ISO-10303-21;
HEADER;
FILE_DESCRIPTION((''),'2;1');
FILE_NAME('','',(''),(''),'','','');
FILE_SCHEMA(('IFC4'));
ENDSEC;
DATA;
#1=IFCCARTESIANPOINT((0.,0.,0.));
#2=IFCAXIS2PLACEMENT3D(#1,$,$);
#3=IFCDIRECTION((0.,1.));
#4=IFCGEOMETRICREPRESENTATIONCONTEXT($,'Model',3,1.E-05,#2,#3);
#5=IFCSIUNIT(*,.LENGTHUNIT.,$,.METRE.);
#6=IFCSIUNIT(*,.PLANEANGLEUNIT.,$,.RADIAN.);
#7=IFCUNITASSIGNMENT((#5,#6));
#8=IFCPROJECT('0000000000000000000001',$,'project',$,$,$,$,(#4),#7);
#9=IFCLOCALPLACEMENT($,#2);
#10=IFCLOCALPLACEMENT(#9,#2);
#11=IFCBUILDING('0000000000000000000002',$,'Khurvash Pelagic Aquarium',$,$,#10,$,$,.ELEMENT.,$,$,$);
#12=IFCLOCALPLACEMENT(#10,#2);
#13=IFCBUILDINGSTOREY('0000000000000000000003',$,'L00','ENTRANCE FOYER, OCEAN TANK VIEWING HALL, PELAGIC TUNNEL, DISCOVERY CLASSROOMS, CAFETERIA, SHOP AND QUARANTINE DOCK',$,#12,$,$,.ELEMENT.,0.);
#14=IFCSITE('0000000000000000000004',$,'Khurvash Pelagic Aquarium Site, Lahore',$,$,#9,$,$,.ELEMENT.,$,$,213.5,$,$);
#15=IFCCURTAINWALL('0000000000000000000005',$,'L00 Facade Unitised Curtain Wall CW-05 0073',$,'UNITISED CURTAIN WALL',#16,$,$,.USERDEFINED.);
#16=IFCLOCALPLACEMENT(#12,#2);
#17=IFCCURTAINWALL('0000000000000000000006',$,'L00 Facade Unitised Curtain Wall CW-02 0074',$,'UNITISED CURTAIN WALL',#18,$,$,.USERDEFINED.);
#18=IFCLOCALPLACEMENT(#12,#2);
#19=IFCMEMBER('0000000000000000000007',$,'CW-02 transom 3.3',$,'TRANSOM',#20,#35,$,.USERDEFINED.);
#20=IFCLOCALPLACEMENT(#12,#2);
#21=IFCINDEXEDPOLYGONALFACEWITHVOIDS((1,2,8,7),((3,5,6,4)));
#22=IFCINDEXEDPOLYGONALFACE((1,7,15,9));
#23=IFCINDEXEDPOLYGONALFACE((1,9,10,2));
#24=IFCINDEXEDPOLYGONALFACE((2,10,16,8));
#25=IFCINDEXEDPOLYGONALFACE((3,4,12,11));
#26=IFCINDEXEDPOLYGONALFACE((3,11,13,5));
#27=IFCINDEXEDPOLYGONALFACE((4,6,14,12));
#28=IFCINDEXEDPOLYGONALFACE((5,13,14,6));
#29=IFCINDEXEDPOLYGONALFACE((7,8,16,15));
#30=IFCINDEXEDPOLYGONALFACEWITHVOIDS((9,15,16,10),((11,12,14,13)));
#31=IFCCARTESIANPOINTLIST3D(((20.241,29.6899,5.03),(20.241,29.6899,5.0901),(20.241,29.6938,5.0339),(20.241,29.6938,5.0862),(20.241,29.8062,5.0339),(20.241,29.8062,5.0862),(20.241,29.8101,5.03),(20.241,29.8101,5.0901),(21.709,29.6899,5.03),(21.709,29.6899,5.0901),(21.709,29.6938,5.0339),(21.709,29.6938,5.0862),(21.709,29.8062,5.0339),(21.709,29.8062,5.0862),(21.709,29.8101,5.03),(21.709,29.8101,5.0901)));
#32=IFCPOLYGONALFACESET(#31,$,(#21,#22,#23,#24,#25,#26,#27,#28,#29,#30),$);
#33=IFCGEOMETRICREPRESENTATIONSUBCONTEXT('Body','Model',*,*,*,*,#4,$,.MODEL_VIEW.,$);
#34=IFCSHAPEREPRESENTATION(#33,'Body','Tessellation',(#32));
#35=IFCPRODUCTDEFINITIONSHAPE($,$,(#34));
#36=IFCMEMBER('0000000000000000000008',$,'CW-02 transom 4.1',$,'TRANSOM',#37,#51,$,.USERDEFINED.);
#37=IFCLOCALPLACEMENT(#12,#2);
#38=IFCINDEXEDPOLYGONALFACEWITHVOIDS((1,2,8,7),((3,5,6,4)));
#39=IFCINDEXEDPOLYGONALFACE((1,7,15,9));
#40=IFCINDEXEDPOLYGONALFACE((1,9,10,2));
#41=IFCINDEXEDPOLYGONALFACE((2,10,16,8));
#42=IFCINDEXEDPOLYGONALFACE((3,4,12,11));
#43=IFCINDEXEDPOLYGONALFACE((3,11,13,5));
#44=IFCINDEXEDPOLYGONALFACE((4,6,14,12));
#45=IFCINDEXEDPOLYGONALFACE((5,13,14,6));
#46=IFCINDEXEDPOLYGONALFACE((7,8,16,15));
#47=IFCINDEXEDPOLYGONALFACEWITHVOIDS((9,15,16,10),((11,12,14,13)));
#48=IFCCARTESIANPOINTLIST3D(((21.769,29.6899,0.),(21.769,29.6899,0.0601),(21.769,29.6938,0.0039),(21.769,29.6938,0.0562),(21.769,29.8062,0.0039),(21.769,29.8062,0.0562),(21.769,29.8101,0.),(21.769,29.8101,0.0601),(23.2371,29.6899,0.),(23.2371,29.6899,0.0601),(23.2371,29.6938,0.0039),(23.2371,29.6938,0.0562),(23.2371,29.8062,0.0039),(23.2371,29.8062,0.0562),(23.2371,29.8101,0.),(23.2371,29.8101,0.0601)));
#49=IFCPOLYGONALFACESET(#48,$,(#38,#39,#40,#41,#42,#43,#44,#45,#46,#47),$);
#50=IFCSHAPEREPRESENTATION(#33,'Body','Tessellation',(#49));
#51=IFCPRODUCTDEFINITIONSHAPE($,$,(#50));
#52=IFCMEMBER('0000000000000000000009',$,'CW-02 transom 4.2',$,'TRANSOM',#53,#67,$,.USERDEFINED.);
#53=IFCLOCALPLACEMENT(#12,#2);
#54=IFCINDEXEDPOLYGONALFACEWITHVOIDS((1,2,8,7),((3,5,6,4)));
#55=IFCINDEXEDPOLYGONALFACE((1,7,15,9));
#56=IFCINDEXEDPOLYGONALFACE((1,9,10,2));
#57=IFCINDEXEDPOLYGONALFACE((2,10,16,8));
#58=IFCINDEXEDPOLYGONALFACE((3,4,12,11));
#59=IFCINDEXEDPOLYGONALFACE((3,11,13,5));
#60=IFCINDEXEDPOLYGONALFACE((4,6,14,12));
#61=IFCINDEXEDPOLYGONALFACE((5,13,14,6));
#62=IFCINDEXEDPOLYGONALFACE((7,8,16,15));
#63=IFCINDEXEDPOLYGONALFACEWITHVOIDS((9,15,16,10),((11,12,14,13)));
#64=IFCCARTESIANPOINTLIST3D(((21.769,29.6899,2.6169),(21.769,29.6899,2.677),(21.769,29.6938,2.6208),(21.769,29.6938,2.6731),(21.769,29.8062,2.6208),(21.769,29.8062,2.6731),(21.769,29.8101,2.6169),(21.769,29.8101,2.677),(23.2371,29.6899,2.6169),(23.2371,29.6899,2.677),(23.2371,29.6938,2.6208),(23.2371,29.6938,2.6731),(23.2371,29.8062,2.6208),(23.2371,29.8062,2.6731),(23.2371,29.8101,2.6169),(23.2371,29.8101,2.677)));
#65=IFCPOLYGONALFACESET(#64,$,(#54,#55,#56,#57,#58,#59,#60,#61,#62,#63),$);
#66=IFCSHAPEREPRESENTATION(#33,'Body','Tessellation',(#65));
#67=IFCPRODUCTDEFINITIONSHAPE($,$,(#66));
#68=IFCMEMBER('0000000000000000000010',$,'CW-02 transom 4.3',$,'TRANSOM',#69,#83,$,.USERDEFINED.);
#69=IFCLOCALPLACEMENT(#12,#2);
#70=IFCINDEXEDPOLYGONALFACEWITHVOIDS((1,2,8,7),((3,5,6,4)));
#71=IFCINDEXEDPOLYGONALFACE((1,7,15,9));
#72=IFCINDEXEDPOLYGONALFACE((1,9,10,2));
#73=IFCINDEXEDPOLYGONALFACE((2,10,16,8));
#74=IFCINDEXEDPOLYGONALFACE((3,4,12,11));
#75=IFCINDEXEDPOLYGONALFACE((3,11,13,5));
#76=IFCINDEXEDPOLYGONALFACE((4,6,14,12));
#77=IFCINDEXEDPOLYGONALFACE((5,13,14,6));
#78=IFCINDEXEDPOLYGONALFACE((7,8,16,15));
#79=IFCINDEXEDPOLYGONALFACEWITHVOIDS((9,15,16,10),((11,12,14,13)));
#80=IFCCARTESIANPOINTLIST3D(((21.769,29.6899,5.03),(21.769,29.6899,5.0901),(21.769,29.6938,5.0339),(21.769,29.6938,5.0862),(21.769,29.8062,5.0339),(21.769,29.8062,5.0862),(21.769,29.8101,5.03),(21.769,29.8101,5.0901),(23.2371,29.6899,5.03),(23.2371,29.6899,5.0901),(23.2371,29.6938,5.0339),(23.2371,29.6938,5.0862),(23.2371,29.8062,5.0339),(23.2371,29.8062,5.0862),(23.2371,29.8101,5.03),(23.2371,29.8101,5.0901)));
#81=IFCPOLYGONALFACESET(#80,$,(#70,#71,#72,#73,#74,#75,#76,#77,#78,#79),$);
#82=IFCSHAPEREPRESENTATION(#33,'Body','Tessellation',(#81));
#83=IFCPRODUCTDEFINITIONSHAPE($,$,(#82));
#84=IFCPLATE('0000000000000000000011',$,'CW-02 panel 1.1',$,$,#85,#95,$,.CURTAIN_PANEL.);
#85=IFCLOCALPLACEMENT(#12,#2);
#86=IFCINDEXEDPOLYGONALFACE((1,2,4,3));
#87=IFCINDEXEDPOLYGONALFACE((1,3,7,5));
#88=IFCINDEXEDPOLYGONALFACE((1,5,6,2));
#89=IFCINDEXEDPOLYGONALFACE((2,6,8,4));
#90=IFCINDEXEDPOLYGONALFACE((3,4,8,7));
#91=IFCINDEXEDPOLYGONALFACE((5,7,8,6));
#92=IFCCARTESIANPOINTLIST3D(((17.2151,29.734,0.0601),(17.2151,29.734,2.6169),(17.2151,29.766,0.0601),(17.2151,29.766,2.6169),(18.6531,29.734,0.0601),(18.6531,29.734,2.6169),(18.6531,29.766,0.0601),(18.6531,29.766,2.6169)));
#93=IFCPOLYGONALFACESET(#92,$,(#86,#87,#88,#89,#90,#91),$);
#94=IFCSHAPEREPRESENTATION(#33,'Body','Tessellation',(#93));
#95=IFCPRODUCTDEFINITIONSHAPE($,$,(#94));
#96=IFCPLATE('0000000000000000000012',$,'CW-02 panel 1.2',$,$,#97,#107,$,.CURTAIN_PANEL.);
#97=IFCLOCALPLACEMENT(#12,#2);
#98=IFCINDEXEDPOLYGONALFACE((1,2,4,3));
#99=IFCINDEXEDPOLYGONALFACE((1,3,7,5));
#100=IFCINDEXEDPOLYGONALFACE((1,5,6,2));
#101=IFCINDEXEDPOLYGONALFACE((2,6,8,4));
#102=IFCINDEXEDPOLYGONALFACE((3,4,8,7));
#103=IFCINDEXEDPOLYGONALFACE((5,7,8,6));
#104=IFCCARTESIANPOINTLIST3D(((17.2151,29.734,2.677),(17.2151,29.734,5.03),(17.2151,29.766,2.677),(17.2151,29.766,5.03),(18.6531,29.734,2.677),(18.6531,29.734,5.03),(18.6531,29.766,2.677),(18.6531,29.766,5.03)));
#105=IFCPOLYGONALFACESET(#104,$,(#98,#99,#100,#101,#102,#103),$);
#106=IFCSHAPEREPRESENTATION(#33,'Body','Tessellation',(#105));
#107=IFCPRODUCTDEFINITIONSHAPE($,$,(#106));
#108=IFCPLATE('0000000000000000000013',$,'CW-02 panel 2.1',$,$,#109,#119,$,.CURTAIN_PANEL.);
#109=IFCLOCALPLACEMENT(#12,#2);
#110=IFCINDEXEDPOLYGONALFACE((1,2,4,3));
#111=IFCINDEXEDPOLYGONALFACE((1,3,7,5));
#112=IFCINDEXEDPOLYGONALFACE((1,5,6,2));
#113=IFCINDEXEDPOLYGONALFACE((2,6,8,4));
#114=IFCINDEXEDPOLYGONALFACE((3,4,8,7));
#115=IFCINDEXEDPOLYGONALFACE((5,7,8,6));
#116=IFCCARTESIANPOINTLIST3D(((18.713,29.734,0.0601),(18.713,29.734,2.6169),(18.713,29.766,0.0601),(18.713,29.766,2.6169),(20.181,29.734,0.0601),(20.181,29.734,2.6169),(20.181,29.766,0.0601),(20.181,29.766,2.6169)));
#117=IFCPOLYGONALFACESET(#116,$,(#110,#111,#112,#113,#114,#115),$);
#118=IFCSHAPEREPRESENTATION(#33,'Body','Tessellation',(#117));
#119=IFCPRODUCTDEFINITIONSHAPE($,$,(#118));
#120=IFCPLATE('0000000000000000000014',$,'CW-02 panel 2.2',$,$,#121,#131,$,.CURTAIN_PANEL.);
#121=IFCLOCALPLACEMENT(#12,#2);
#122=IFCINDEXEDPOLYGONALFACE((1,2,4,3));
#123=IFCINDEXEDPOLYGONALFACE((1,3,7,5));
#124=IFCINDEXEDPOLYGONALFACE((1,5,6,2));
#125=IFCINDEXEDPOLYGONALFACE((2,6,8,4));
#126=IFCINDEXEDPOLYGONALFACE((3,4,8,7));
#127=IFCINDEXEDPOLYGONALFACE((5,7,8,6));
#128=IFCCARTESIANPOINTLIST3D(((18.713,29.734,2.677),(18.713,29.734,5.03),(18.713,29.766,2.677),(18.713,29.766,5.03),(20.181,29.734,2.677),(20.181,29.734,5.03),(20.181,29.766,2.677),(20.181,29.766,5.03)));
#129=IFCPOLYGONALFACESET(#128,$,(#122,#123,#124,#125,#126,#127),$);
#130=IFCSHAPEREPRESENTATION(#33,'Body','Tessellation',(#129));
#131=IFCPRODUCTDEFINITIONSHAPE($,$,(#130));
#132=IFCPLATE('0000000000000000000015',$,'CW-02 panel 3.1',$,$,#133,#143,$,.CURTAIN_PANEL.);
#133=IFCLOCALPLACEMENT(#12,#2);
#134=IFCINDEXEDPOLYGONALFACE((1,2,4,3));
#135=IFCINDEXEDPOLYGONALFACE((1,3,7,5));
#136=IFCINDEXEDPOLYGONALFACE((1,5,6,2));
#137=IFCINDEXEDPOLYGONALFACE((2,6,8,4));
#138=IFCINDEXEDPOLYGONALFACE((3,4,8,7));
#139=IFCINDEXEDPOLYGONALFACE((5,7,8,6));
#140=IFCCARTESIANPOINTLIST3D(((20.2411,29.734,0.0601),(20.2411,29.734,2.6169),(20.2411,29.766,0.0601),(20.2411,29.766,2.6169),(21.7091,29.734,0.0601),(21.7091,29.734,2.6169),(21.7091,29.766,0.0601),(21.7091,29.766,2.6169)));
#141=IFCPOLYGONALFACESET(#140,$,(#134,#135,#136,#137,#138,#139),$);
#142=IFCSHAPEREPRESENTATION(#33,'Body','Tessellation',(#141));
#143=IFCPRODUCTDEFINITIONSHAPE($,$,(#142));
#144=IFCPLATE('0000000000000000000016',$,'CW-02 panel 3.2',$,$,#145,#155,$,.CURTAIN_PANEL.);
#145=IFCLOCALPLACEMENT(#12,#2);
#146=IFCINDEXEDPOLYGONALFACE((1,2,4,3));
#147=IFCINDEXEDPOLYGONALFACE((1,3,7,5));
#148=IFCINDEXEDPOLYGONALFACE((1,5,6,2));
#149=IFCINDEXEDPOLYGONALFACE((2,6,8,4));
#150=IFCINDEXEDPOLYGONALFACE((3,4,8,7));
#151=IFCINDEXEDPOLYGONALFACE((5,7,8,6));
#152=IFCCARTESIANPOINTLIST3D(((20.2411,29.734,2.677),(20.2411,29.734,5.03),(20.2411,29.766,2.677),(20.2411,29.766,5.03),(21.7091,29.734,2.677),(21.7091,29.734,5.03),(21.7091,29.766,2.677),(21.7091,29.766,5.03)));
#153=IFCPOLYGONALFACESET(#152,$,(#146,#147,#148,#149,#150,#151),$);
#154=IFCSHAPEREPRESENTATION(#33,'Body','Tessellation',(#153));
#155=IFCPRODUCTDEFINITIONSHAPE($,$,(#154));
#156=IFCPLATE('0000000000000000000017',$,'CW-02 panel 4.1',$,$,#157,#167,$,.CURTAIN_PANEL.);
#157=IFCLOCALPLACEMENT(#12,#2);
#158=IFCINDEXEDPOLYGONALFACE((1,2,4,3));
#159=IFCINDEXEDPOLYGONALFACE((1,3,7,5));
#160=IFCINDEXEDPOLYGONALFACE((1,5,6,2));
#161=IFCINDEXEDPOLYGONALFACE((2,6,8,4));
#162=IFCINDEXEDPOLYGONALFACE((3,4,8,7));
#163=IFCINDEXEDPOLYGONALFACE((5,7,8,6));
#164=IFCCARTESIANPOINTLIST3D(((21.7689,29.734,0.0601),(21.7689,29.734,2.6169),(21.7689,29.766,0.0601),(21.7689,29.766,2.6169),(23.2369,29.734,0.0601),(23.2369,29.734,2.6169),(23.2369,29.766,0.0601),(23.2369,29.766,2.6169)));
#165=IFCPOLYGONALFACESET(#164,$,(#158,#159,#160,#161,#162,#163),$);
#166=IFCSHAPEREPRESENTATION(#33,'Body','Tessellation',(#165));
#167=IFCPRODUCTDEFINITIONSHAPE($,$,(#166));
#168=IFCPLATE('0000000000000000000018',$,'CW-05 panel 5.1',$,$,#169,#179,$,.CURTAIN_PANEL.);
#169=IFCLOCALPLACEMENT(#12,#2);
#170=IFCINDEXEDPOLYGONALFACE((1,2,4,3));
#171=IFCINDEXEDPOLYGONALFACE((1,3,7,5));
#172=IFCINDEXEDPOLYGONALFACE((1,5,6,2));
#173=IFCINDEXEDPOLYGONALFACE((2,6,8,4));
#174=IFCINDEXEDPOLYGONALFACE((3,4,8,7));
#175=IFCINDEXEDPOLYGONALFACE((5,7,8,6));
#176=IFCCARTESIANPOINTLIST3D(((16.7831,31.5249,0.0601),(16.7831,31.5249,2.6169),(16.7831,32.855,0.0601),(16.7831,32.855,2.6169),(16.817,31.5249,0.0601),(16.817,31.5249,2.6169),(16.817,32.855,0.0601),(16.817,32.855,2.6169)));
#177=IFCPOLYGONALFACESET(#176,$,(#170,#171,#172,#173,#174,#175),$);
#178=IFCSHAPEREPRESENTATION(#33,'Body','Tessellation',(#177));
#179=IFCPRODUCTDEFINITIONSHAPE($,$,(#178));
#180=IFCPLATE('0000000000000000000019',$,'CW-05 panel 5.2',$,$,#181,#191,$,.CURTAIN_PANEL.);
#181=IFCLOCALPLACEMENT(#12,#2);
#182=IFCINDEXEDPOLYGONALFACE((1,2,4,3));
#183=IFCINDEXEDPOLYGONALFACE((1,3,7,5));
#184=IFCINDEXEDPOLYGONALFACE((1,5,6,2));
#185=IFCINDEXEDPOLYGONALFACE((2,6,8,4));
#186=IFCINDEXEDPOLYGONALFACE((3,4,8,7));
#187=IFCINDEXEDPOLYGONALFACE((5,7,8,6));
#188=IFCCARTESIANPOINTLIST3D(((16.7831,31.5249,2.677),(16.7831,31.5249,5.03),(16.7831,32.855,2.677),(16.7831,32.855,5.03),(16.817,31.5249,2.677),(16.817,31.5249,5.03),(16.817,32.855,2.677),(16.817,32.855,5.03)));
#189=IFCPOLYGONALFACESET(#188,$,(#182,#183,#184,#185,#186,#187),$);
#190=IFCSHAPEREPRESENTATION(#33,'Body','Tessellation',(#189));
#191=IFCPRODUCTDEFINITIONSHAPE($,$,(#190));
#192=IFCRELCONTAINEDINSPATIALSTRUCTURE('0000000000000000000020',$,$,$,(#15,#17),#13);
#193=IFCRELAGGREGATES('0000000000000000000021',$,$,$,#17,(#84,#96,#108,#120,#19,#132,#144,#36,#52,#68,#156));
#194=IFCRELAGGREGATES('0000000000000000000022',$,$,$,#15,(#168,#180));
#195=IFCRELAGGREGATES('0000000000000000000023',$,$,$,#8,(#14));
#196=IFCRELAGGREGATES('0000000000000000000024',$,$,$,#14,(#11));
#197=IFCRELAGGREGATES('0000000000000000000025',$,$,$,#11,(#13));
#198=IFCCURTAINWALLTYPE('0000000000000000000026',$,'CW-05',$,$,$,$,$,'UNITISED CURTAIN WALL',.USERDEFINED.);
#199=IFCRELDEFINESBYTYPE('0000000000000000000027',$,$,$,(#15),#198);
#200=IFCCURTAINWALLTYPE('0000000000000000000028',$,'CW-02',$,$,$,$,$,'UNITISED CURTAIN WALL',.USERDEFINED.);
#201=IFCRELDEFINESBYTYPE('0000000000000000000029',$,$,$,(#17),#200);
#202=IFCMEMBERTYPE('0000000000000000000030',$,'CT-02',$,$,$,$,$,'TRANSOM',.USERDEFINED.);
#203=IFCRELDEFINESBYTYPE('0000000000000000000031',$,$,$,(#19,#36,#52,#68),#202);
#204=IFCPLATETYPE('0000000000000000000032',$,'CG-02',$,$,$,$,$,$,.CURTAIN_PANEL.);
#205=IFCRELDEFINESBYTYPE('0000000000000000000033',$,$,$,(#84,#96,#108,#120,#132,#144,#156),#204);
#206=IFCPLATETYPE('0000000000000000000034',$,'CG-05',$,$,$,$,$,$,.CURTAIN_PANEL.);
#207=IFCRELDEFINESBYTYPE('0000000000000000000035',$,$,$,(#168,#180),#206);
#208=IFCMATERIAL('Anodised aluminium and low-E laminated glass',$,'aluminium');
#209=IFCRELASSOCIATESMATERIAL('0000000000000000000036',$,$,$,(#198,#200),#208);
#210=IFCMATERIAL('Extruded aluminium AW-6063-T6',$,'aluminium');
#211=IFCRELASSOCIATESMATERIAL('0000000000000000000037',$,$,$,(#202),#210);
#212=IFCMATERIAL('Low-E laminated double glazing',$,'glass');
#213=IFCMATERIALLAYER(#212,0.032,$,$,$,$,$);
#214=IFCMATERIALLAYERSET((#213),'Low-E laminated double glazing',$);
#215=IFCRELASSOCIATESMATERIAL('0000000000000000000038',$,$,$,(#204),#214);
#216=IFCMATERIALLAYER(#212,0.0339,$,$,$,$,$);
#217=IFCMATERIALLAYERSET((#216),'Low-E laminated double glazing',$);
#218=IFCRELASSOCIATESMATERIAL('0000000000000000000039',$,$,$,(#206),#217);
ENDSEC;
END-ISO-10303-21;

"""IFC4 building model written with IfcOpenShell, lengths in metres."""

from ifc_helpers import new_model, si_unit, direction, frame, origin, origin_2d, place, context, subcontext, project, spatial, rectangle, hollow_rectangle, extrude, material, layer, layer_set, material_profile, profile_set, type_object, element, aggregate, save


model = new_model("IFC4")

# Units and contexts
model_context = context("Model", 3, precision=1e-05, world=origin(), true_north=direction((0.0, 1.0)))
body_context = subcontext(model_context, "Body", "Model", "MODEL_VIEW")
ifc_project = project(units=[si_unit("LENGTHUNIT", "METRE"), si_unit("PLANEANGLEUNIT", "RADIAN")], contexts=[model_context])

# Site, building, storey
site_placement = place(None, origin())
site = spatial("IfcSite", under=ifc_project, at=site_placement, Name="Khurvash Pelagic Aquarium Site, Lahore", CompositionType="ELEMENT", RefElevation=213.5)
building_placement = place(site_placement, origin())
building = spatial("IfcBuilding", under=site, at=building_placement, Name="Khurvash Pelagic Aquarium", CompositionType="ELEMENT")
storey_placement = place(building_placement, origin())
storey = spatial("IfcBuildingStorey", under=building, at=storey_placement, Name="L00", Description="ENTRANCE FOYER, OCEAN TANK VIEWING HALL, PELAGIC TUNNEL, DISCOVERY CLASSROOMS, CAFETERIA, SHOP AND QUARANTINE DOCK", CompositionType="ELEMENT", Elevation=0.0)

# Curtain walls
ifc_material_1 = material(Name="Anodised aluminium and low-E laminated glass", Category="aluminium")
curtain_wall_type_1 = type_object("IfcCurtainWallType", Name="CW-05", ElementType="UNITISED CURTAIN WALL", PredefinedType="USERDEFINED", material=ifc_material_1)
curtain_wall_1_placement = place(storey_placement, origin())
curtain_wall_1 = element("IfcCurtainWall", 1, at=curtain_wall_1_placement, inside=storey, type_object=curtain_wall_type_1, Name="L00 Facade Unitised Curtain Wall CW-05 0073", ObjectType="UNITISED CURTAIN WALL", PredefinedType="USERDEFINED")
ifc_material_2 = material(Name="Extruded aluminium AW-6063-T6", Category="aluminium")
curtain_wall_type_2 = type_object("IfcCurtainWallType", Name="CW-02", ElementType="UNITISED CURTAIN WALL", PredefinedType="USERDEFINED", material=ifc_material_1)
curtain_wall_2_placement = place(storey_placement, origin())
curtain_wall_2 = element("IfcCurtainWall", 2, at=curtain_wall_2_placement, inside=storey, type_object=curtain_wall_type_2, Name="L00 Facade Unitised Curtain Wall CW-02 0074", ObjectType="UNITISED CURTAIN WALL", PredefinedType="USERDEFINED")

# Members
ifc_material_profile_1 = material_profile(ifc_material_2, hollow_rectangle(XDim=0.1201, YDim=0.0601, WallThickness=0.0039, at=origin_2d()), Name="CWT120X60X4")
ifc_profile_set_1 = profile_set([ifc_material_profile_1], Name="Extruded aluminium AW-6063-T6")
member_type_1 = type_object("IfcMemberType", Name="CT-02", ElementType="TRANSOM", PredefinedType="USERDEFINED", material=ifc_profile_set_1)
member_1_placement = place(storey_placement, frame((20.241, 29.75, 5.0601), z_axis=(1.0, 0.0, 0.0), x_axis=(0.0, 1.0, 0.0)))
member_1 = element("IfcMember", 3, at=member_1_placement, type_object=member_type_1, Name="CW-02 transom 3.3", ObjectType="TRANSOM", PredefinedType="USERDEFINED", context=body_context, shape_type="SweptSolid", body=[
    extrude(hollow_rectangle(XDim=0.1201, YDim=0.0601, WallThickness=0.0039, at=origin_2d()), origin(), (0.0, 0.0, 1.0), 1.468),
])
member_2_placement = place(storey_placement, frame((21.769, 29.75, 0.03), z_axis=(1.0, 0.0, 0.0), x_axis=(0.0, 1.0, 0.0)))
member_2 = element("IfcMember", 4, at=member_2_placement, type_object=member_type_1, Name="CW-02 transom 4.1", ObjectType="TRANSOM", PredefinedType="USERDEFINED", context=body_context, shape_type="SweptSolid", body=[
    extrude(hollow_rectangle(XDim=0.1201, YDim=0.0601, WallThickness=0.0039, at=origin_2d()), origin(), (0.0, 0.0, 1.0), 1.468),
])
member_3_placement = place(storey_placement, frame((21.769, 29.75, 2.647), z_axis=(1.0, 0.0, 0.0), x_axis=(0.0, 1.0, 0.0)))
member_3 = element("IfcMember", 5, at=member_3_placement, type_object=member_type_1, Name="CW-02 transom 4.2", ObjectType="TRANSOM", PredefinedType="USERDEFINED", context=body_context, shape_type="SweptSolid", body=[
    extrude(hollow_rectangle(XDim=0.1201, YDim=0.0601, WallThickness=0.0039, at=origin_2d()), origin(), (0.0, 0.0, 1.0), 1.468),
])
member_4_placement = place(storey_placement, frame((21.769, 29.75, 5.0601), z_axis=(1.0, 0.0, 0.0), x_axis=(0.0, 1.0, 0.0)))
member_4 = element("IfcMember", 6, at=member_4_placement, type_object=member_type_1, Name="CW-02 transom 4.3", ObjectType="TRANSOM", PredefinedType="USERDEFINED", context=body_context, shape_type="SweptSolid", body=[
    extrude(hollow_rectangle(XDim=0.1201, YDim=0.0601, WallThickness=0.0039, at=origin_2d()), origin(), (0.0, 0.0, 1.0), 1.468),
])

# Plates
ifc_material_3 = material(Name="Low-E laminated double glazing", Category="glass")
ifc_layer_1 = layer(ifc_material_3, 0.032)
ifc_layer_set_1 = layer_set([ifc_layer_1], Name="Low-E laminated double glazing")
plate_type_1 = type_object("IfcPlateType", Name="CG-02", PredefinedType="CURTAIN_PANEL", material=ifc_layer_set_1)
plate_1_placement = place(storey_placement, frame((17.9341, 29.75, 0.0601), z_axis=(0.0, 0.0, 1.0), x_axis=(1.0, 0.0, 0.0)))
plate_1 = element("IfcPlate", 7, at=plate_1_placement, type_object=plate_type_1, Name="CW-02 panel 1.1", PredefinedType="CURTAIN_PANEL", context=body_context, shape_type="SweptSolid", body=[
    extrude(rectangle(XDim=1.438, YDim=0.032, at=origin_2d()), origin(), (0.0, 0.0, 1.0), 2.5569),
])
plate_2_placement = place(storey_placement, frame((17.9341, 29.75, 2.677), z_axis=(0.0, 0.0, 1.0), x_axis=(1.0, 0.0, 0.0)))
plate_2 = element("IfcPlate", 8, at=plate_2_placement, type_object=plate_type_1, Name="CW-02 panel 1.2", PredefinedType="CURTAIN_PANEL", context=body_context, shape_type="SweptSolid", body=[
    extrude(rectangle(XDim=1.438, YDim=0.032, at=origin_2d()), origin(), (0.0, 0.0, 1.0), 2.353),
])
plate_3_placement = place(storey_placement, frame((19.447, 29.75, 0.0601), z_axis=(0.0, 0.0, 1.0), x_axis=(1.0, 0.0, 0.0)))
plate_3 = element("IfcPlate", 9, at=plate_3_placement, type_object=plate_type_1, Name="CW-02 panel 2.1", PredefinedType="CURTAIN_PANEL", context=body_context, shape_type="SweptSolid", body=[
    extrude(rectangle(XDim=1.468, YDim=0.032, at=origin_2d()), origin(), (0.0, 0.0, 1.0), 2.5569),
])
plate_4_placement = place(storey_placement, frame((19.447, 29.75, 2.677), z_axis=(0.0, 0.0, 1.0), x_axis=(1.0, 0.0, 0.0)))
plate_4 = element("IfcPlate", 10, at=plate_4_placement, type_object=plate_type_1, Name="CW-02 panel 2.2", PredefinedType="CURTAIN_PANEL", context=body_context, shape_type="SweptSolid", body=[
    extrude(rectangle(XDim=1.468, YDim=0.032, at=origin_2d()), origin(), (0.0, 0.0, 1.0), 2.353),
])
plate_5_placement = place(storey_placement, frame((20.9751, 29.75, 0.0601), z_axis=(0.0, 0.0, 1.0), x_axis=(1.0, 0.0, 0.0)))
plate_5 = element("IfcPlate", 11, at=plate_5_placement, type_object=plate_type_1, Name="CW-02 panel 3.1", PredefinedType="CURTAIN_PANEL", context=body_context, shape_type="SweptSolid", body=[
    extrude(rectangle(XDim=1.468, YDim=0.032, at=origin_2d()), origin(), (0.0, 0.0, 1.0), 2.5569),
])
plate_6_placement = place(storey_placement, frame((20.9751, 29.75, 2.677), z_axis=(0.0, 0.0, 1.0), x_axis=(1.0, 0.0, 0.0)))
plate_6 = element("IfcPlate", 12, at=plate_6_placement, type_object=plate_type_1, Name="CW-02 panel 3.2", PredefinedType="CURTAIN_PANEL", context=body_context, shape_type="SweptSolid", body=[
    extrude(rectangle(XDim=1.468, YDim=0.032, at=origin_2d()), origin(), (0.0, 0.0, 1.0), 2.353),
])
plate_7_placement = place(storey_placement, frame((22.5029, 29.75, 0.0601), z_axis=(0.0, 0.0, 1.0), x_axis=(1.0, 0.0, 0.0)))
plate_7 = element("IfcPlate", 13, at=plate_7_placement, type_object=plate_type_1, Name="CW-02 panel 4.1", PredefinedType="CURTAIN_PANEL", context=body_context, shape_type="SweptSolid", body=[
    extrude(rectangle(XDim=1.468, YDim=0.032, at=origin_2d()), origin(), (0.0, 0.0, 1.0), 2.5569),
])
aggregate(curtain_wall_2, [plate_1, plate_2, plate_3, plate_4, member_1, plate_5, plate_6, member_2, member_3, member_4, plate_7])
ifc_layer_2 = layer(ifc_material_3, 0.0339)
ifc_layer_set_2 = layer_set([ifc_layer_2], Name="Low-E laminated double glazing")
plate_type_2 = type_object("IfcPlateType", Name="CG-05", PredefinedType="CURTAIN_PANEL", material=ifc_layer_set_2)
plate_8_placement = place(storey_placement, frame((16.8, 32.1899, 0.0601), z_axis=(0.0, 0.0, 1.0), x_axis=(0.0, -1.0, 0.0)))
plate_8 = element("IfcPlate", 14, at=plate_8_placement, type_object=plate_type_2, Name="CW-05 panel 5.1", PredefinedType="CURTAIN_PANEL", context=body_context, shape_type="SweptSolid", body=[
    extrude(rectangle(XDim=1.3301, YDim=0.0339, at=origin_2d()), origin(), (0.0, 0.0, 1.0), 2.5569),
])
plate_9_placement = place(storey_placement, frame((16.8, 32.1899, 2.677), z_axis=(0.0, 0.0, 1.0), x_axis=(0.0, -1.0, 0.0)))
plate_9 = element("IfcPlate", 15, at=plate_9_placement, type_object=plate_type_2, Name="CW-05 panel 5.2", PredefinedType="CURTAIN_PANEL", context=body_context, shape_type="SweptSolid", body=[
    extrude(rectangle(XDim=1.3301, YDim=0.0339, at=origin_2d()), origin(), (0.0, 0.0, 1.0), 2.353),
])
aggregate(curtain_wall_1, [plate_8, plate_9])

save(model, "model.ifc")
